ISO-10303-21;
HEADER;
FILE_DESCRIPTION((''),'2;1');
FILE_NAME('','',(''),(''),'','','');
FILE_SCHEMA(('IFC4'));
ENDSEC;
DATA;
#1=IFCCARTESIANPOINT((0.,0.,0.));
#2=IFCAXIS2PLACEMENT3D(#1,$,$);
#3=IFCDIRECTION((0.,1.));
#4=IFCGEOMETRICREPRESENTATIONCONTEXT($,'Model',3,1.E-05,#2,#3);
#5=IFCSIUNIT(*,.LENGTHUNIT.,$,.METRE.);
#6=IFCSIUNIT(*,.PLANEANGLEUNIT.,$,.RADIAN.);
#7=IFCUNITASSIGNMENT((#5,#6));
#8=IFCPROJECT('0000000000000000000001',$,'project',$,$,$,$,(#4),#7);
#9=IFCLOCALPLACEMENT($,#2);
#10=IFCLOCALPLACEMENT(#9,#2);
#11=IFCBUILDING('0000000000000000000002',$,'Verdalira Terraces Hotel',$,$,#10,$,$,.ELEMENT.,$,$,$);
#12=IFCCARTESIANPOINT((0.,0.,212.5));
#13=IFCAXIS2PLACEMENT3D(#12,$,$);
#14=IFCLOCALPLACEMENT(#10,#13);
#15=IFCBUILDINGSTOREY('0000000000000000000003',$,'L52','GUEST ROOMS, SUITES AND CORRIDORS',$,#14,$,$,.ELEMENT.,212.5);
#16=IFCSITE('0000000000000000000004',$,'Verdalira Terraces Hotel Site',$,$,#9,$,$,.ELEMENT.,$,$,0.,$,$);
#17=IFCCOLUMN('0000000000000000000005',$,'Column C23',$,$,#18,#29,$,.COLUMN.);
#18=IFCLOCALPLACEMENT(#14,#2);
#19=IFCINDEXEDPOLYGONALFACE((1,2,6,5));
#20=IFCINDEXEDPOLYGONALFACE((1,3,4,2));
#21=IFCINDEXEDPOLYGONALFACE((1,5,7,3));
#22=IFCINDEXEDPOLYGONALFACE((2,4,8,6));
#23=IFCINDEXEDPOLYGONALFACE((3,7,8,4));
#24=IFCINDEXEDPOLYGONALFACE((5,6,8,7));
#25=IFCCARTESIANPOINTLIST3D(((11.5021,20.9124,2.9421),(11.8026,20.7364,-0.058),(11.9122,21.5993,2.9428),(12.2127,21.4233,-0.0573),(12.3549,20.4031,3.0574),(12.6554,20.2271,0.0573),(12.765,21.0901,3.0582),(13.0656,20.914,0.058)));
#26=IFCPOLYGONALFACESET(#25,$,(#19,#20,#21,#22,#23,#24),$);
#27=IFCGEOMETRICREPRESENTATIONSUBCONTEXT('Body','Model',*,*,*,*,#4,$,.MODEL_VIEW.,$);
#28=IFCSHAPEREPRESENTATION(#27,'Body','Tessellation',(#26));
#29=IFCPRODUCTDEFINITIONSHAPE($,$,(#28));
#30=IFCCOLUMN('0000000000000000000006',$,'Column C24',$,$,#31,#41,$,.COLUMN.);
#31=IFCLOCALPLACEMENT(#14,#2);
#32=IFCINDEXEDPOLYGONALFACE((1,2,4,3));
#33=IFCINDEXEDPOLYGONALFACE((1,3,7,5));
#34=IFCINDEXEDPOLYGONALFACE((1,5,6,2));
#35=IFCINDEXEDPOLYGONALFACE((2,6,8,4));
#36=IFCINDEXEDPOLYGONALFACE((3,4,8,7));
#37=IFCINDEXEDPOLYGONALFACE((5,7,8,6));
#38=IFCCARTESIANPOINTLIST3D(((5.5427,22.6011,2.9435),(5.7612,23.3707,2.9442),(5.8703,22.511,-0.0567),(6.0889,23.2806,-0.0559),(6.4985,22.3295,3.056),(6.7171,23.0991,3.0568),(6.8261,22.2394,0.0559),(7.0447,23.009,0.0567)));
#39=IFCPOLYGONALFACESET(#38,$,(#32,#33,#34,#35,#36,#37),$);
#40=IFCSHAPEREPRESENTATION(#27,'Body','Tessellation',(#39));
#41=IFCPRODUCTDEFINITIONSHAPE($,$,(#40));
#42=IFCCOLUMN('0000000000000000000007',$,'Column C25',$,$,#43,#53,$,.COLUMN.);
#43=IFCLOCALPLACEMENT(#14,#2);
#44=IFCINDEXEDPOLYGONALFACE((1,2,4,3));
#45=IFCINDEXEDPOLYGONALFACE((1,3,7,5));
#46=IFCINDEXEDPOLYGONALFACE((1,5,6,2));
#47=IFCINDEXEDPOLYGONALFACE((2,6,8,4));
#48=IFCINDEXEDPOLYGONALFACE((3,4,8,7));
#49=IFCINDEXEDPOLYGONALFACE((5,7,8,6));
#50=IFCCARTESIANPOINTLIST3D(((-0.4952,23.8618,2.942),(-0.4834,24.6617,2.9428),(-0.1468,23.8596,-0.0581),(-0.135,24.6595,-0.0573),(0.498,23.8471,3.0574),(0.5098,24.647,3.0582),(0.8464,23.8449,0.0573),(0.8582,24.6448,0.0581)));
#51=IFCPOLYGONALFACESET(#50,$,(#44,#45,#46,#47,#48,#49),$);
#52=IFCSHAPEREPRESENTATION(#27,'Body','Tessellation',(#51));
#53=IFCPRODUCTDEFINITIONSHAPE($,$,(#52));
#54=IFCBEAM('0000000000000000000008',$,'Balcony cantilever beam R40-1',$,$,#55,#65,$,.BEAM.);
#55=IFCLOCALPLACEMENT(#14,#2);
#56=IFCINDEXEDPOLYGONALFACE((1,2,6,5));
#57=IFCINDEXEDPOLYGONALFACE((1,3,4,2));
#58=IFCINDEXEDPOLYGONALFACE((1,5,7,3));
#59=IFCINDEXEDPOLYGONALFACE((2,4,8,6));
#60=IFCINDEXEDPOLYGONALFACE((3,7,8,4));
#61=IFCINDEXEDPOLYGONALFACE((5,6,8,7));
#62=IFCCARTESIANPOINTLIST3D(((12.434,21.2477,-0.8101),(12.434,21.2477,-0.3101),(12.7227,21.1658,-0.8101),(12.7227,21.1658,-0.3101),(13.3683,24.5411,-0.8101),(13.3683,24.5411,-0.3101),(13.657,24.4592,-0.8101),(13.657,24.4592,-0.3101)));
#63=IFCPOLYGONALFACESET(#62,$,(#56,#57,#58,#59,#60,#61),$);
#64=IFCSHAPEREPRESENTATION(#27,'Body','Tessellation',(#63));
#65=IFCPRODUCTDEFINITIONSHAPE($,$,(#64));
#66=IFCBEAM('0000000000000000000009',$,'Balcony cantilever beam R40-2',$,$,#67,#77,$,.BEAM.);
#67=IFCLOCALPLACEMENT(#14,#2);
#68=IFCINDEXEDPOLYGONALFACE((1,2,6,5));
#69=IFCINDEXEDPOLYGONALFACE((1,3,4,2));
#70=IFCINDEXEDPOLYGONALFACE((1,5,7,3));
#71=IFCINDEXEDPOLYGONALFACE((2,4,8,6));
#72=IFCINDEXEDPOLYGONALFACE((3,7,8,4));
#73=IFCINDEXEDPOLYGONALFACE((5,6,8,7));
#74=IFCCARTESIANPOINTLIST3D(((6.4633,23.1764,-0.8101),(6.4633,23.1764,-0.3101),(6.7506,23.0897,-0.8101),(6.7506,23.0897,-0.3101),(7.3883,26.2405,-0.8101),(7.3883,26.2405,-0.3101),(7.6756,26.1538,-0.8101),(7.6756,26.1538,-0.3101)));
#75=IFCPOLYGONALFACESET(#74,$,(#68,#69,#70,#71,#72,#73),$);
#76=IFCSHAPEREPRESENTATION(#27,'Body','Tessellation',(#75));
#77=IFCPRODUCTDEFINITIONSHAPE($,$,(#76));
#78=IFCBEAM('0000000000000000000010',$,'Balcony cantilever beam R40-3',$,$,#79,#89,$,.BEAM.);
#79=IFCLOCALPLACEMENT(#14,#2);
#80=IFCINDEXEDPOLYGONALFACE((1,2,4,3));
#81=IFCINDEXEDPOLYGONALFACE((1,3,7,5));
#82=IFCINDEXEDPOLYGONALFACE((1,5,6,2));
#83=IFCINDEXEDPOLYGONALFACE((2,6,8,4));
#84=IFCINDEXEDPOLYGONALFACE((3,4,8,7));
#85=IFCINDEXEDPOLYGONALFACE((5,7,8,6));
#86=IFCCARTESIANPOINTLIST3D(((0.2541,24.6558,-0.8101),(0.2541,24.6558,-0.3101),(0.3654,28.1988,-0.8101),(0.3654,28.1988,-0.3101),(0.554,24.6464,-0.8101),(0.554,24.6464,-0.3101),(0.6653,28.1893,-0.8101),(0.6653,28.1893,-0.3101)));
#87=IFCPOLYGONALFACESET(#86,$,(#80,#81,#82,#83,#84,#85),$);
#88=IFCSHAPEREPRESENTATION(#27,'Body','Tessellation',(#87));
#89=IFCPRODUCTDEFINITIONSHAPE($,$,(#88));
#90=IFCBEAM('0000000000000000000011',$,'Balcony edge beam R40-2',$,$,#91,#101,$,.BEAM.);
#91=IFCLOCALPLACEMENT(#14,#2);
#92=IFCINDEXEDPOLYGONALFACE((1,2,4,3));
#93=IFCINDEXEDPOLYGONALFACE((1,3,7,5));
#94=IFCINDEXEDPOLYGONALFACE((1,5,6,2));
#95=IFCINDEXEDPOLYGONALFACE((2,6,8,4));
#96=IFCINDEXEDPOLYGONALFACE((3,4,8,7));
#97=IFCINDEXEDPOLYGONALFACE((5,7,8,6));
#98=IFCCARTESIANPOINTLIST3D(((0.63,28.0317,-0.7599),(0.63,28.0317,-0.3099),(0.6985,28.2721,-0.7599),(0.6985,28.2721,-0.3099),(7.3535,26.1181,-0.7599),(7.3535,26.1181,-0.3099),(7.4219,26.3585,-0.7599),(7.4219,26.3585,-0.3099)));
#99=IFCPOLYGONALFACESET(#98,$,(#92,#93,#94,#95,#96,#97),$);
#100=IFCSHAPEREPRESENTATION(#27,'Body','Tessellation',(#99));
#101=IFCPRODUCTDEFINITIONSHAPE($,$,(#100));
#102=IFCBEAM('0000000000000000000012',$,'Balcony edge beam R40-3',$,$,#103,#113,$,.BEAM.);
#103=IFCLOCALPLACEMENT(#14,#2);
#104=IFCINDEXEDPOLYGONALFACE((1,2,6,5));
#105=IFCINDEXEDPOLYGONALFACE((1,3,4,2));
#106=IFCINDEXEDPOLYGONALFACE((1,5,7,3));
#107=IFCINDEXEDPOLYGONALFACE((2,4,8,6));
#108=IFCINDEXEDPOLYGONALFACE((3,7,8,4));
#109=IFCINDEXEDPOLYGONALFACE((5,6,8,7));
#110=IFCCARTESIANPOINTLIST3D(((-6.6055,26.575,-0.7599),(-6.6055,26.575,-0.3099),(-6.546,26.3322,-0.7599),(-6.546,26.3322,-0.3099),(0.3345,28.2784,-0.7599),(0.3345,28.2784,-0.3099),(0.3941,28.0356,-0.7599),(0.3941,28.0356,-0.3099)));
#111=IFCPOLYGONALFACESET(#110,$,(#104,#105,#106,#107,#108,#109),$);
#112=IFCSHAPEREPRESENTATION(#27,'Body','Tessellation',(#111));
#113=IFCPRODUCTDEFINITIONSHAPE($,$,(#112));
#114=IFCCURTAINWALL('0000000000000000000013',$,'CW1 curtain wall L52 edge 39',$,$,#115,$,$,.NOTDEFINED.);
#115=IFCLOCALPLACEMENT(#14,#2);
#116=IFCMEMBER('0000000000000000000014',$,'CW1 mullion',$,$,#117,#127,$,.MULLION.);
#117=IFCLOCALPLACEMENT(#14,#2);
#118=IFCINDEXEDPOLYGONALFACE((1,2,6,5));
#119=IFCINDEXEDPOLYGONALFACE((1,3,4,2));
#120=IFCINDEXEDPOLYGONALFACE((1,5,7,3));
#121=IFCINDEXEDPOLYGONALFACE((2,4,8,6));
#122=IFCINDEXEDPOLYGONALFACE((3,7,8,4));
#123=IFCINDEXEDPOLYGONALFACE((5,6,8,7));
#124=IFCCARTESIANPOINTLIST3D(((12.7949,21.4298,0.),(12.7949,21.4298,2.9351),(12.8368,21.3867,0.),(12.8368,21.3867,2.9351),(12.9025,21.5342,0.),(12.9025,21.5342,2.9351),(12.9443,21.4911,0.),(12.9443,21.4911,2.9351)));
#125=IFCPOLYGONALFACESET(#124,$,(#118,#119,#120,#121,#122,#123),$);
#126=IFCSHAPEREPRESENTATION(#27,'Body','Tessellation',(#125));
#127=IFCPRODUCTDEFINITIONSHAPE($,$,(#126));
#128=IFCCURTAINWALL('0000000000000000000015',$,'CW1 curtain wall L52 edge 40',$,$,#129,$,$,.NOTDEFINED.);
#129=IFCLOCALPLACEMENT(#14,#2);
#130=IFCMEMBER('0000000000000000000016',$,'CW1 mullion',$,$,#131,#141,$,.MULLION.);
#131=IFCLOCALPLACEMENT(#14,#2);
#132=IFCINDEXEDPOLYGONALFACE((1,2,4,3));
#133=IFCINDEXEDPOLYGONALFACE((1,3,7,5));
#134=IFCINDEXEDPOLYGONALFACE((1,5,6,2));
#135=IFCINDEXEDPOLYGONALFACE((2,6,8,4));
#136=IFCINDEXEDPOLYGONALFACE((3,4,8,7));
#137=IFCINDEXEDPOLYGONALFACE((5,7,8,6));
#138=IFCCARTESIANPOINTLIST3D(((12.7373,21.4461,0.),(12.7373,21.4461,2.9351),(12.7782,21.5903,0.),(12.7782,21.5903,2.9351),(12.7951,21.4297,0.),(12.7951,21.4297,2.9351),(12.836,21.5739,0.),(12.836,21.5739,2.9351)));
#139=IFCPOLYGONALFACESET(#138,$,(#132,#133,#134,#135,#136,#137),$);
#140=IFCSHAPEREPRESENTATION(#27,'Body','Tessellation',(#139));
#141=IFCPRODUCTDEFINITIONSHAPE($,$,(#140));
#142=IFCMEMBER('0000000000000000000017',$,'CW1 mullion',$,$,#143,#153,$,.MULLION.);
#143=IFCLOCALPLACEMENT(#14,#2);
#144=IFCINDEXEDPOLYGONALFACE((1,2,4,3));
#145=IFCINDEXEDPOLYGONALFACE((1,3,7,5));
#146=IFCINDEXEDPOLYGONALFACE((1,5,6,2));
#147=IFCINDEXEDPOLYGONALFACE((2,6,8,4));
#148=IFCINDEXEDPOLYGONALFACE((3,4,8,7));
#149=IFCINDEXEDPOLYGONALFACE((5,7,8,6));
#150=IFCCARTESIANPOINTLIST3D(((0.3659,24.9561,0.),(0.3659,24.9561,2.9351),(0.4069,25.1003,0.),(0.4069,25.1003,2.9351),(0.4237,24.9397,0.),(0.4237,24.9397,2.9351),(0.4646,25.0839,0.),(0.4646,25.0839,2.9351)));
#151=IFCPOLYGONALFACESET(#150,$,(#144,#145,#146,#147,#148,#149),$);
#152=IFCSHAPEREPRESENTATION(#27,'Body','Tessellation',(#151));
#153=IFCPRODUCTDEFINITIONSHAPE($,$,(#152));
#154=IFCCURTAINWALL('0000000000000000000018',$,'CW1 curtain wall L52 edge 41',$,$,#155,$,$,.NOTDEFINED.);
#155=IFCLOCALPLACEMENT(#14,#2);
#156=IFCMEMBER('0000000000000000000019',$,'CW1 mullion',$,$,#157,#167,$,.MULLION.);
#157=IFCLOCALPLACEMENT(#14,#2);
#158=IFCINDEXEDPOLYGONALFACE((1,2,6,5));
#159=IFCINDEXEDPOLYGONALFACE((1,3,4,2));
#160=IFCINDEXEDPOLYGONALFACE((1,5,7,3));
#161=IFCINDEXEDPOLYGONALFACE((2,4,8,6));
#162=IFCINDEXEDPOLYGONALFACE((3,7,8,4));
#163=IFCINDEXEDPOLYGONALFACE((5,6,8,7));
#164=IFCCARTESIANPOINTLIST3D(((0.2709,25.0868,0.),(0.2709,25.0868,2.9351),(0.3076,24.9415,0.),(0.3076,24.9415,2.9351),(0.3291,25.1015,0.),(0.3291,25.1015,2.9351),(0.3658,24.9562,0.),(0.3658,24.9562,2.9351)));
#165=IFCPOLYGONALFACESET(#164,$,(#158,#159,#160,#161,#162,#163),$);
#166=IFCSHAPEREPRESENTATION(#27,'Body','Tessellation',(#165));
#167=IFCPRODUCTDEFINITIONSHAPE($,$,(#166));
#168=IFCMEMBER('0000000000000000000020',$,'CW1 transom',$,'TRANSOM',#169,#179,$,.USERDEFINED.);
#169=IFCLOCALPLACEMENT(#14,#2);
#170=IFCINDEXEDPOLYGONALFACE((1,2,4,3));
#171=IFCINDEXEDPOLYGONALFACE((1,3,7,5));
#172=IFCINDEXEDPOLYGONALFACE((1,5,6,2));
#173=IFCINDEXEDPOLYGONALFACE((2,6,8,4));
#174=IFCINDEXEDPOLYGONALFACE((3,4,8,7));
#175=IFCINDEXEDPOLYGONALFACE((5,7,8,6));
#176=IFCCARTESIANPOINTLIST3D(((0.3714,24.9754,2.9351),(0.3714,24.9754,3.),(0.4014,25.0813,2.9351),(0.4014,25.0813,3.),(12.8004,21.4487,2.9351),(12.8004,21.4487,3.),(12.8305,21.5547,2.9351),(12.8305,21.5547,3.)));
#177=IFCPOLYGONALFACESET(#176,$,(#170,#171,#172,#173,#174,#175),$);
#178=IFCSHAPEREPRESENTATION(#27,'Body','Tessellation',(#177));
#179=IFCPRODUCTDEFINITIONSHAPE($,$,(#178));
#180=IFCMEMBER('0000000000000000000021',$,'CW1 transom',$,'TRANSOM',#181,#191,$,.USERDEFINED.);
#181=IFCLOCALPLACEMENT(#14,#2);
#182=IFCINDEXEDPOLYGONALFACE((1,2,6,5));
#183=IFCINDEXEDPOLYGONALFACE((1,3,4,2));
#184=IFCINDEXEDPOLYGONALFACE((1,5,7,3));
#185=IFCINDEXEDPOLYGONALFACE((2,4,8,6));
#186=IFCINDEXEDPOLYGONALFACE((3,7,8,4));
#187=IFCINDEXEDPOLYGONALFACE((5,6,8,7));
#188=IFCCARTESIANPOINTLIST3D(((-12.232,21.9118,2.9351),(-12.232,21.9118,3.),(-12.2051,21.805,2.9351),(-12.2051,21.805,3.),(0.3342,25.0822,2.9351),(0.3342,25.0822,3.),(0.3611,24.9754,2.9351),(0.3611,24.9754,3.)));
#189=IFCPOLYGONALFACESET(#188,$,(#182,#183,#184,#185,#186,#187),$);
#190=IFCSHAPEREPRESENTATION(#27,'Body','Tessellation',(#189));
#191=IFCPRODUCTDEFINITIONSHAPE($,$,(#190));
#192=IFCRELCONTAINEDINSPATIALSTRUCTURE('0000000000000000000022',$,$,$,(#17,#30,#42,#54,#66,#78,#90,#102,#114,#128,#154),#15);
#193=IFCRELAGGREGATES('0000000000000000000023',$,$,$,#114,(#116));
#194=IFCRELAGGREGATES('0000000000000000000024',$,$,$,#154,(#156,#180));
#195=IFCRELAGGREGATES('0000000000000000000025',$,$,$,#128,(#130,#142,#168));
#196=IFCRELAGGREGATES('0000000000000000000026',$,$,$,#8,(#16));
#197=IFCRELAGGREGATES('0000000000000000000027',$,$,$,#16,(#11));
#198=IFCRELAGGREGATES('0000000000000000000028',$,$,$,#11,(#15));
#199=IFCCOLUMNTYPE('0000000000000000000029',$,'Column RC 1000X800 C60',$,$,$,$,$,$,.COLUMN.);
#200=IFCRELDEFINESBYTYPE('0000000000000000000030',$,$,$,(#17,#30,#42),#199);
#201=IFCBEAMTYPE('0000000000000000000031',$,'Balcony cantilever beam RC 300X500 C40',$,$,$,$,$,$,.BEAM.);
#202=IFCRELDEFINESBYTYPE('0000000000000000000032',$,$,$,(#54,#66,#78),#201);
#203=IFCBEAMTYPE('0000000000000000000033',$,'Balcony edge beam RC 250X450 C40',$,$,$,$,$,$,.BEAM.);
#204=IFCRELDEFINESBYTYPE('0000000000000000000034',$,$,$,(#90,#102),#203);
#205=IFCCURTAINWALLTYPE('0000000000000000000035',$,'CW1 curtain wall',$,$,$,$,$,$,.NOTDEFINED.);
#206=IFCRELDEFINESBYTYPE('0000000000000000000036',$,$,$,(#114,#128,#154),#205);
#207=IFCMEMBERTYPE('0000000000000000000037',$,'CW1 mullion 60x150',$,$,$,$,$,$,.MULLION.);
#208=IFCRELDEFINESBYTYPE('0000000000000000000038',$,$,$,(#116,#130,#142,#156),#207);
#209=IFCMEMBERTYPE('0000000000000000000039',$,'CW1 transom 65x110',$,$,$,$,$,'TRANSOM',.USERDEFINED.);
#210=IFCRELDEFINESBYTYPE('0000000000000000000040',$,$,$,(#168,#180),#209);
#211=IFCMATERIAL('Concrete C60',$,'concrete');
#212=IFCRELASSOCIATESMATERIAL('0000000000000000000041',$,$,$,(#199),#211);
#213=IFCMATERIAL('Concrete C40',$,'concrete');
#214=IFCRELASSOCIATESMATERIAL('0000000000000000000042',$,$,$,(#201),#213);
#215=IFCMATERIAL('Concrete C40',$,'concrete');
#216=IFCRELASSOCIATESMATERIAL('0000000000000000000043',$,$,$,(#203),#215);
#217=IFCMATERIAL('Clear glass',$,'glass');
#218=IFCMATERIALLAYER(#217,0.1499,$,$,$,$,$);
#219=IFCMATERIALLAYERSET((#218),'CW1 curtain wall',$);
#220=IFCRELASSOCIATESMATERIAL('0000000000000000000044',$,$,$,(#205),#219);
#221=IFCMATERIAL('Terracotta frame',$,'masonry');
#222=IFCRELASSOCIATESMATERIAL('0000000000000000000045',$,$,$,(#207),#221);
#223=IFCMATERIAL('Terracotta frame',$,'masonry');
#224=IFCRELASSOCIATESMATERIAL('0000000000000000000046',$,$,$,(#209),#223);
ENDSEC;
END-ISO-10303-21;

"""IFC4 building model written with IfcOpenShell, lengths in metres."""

from ifc_helpers import new_model, si_unit, direction, frame, origin, origin_2d, place, context, subcontext, project, spatial, rectangle, extrude, material, layer, layer_set, material_profile, profile_set, type_object, element, aggregate, save


model = new_model("IFC4")

# Units and contexts
model_context = context("Model", 3, precision=1e-05, world=origin(), true_north=direction((0.0, 1.0)))
body_context = subcontext(model_context, "Body", "Model", "MODEL_VIEW")
ifc_project = project(units=[si_unit("LENGTHUNIT", "METRE"), si_unit("PLANEANGLEUNIT", "RADIAN")], contexts=[model_context])

# Site, building, storey
site_placement = place(None, origin())
site = spatial("IfcSite", under=ifc_project, at=site_placement, Name="Verdalira Terraces Hotel Site", CompositionType="ELEMENT", RefElevation=0.0)
building_placement = place(site_placement, origin())
building = spatial("IfcBuilding", under=site, at=building_placement, Name="Verdalira Terraces Hotel", CompositionType="ELEMENT")
storey_placement = place(building_placement, frame((0.0, 0.0, 212.5)))
storey = spatial("IfcBuildingStorey", under=building, at=storey_placement, Name="L52", Description="GUEST ROOMS, SUITES AND CORRIDORS", CompositionType="ELEMENT", Elevation=212.5)

# Columns
ifc_material_1 = material(Name="Concrete C60", Category="concrete")
ifc_material_profile_1 = material_profile(ifc_material_1, rectangle(XDim=1.0, YDim=0.8, at=origin_2d()), Name="RC 1000X800")
ifc_profile_set_1 = profile_set([ifc_material_profile_1], Name="Concrete C60")
column_type = type_object("IfcColumnType", Name="Column RC 1000X800 C60", PredefinedType="COLUMN", material=ifc_profile_set_1)
column_1_placement = place(storey_placement, frame((12.4341, 20.8252, 0.0), z_axis=(-0.099511, 0.058284, 0.993328), x_axis=(0.852838, -0.509283, 0.115319)))
element("IfcColumn", 1, at=column_1_placement, inside=storey, type_object=column_type, Name="Column C23", PredefinedType="COLUMN", context=body_context, shape_type="SweptSolid", body=[
    extrude(rectangle(XDim=1.0, YDim=0.8, at=origin_2d()), origin(), (0.0, 0.0, 1.0), 3.0203),
])
column_2_placement = place(storey_placement, frame((6.4575, 22.76, 0.0), z_axis=(-0.108518, 0.029839, 0.993647), x_axis=(-0.955819, 0.271559, -0.112542)))
element("IfcColumn", 2, at=column_2_placement, inside=storey, type_object=column_type, Name="Column C24", PredefinedType="COLUMN", context=body_context, shape_type="SweptSolid", body=[
    extrude(rectangle(XDim=1.0, YDim=0.8, at=origin_2d()), origin(), (0.0, 0.0, 1.0), 3.0193),
])
column_3_placement = place(storey_placement, frame((0.3557, 24.2522, 0.0), z_axis=(-0.115354, 0.000728, 0.993324), x_axis=(0.993216, -0.014698, 0.115352)))
element("IfcColumn", 3, at=column_3_placement, inside=storey, type_object=column_type, Name="Column C25", PredefinedType="COLUMN", context=body_context, shape_type="SweptSolid", body=[
    extrude(rectangle(XDim=1.0, YDim=0.8, at=origin_2d()), origin(), (0.0, 0.0, 1.0), 3.0203),
])

# Beams
ifc_material_2 = material(Name="Concrete C40", Category="concrete")
ifc_material_profile_2 = material_profile(ifc_material_2, rectangle(XDim=0.3, YDim=0.5, at=origin_2d()), Name="RC 300X500")
ifc_profile_set_2 = profile_set([ifc_material_profile_2], Name="Concrete C40")
beam_type_1 = type_object("IfcBeamType", Name="Balcony cantilever beam RC 300X500 C40", PredefinedType="BEAM", material=ifc_profile_set_2)
beam_1_placement = place(storey_placement, frame((12.5784, 21.2068, -0.5601), z_axis=(0.272922, 0.962036, 0.0), x_axis=(-0.962036, 0.272922, 0.0)))
element("IfcBeam", 4, at=beam_1_placement, inside=storey, type_object=beam_type_1, Name="Balcony cantilever beam R40-1", PredefinedType="BEAM", context=body_context, shape_type="SweptSolid", body=[
    extrude(rectangle(XDim=0.3, YDim=0.5, at=origin_2d()), origin(), (0.0, 0.0, 1.0), 3.4233),
])
beam_2_placement = place(storey_placement, frame((6.6069, 23.1331, -0.5601), z_axis=(0.289006, 0.957327, 0.0), x_axis=(-0.957327, 0.289006, 0.0)))
element("IfcBeam", 5, at=beam_2_placement, inside=storey, type_object=beam_type_1, Name="Balcony cantilever beam R40-2", PredefinedType="BEAM", context=body_context, shape_type="SweptSolid", body=[
    extrude(rectangle(XDim=0.3, YDim=0.5, at=origin_2d()), origin(), (0.0, 0.0, 1.0), 3.2007),
])
beam_3_placement = place(storey_placement, frame((0.4041, 24.6511, -0.5601), z_axis=(0.031407, 0.999507, 0.0), x_axis=(-0.999507, 0.031407, 0.0)))
element("IfcBeam", 6, at=beam_3_placement, inside=storey, type_object=beam_type_1, Name="Balcony cantilever beam R40-3", PredefinedType="BEAM", context=body_context, shape_type="SweptSolid", body=[
    extrude(rectangle(XDim=0.3, YDim=0.5, at=origin_2d()), origin(), (0.0, 0.0, 1.0), 3.5447),
])
ifc_material_3 = material(Name="Concrete C40", Category="concrete")
ifc_material_profile_3 = material_profile(ifc_material_3, rectangle(XDim=0.25, YDim=0.45, at=origin_2d()), Name="RC 250X450")
ifc_profile_set_3 = profile_set([ifc_material_profile_3], Name="Concrete C40")
beam_type_2 = type_object("IfcBeamType", Name="Balcony edge beam RC 250X450 C40", PredefinedType="BEAM", material=ifc_profile_set_3)
beam_4_placement = place(storey_placement, frame((7.3877, 26.2383, -0.5349), z_axis=(-0.961803, 0.273743, 0.0), x_axis=(-0.273743, -0.961803, 0.0)))
element("IfcBeam", 7, at=beam_4_placement, inside=storey, type_object=beam_type_2, Name="Balcony edge beam R40-2", PredefinedType="BEAM", context=body_context, shape_type="SweptSolid", body=[
    extrude(rectangle(XDim=0.25, YDim=0.45, at=origin_2d()), origin(), (0.0, 0.0, 1.0), 6.9905),
])
beam_5_placement = place(storey_placement, frame((0.3643, 28.157, -0.5349), z_axis=(-0.971175, -0.238369, 0.0), x_axis=(0.238369, -0.971175, 0.0)))
element("IfcBeam", 8, at=beam_5_placement, inside=storey, type_object=beam_type_2, Name="Balcony edge beam R40-3", PredefinedType="BEAM", context=body_context, shape_type="SweptSolid", body=[
    extrude(rectangle(XDim=0.25, YDim=0.45, at=origin_2d()), origin(), (0.0, 0.0, 1.0), 7.146),
])

# Curtain wall, member
ifc_material_4 = material(Name="Clear glass", Category="glass")
ifc_layer_1 = layer(ifc_material_4, 0.1499)
ifc_layer_set_1 = layer_set([ifc_layer_1], Name="CW1 curtain wall")
curtain_wall_type = type_object("IfcCurtainWallType", Name="CW1 curtain wall", PredefinedType="NOTDEFINED", material=ifc_layer_set_1)
curtain_wall_1_placement = place(storey_placement, origin())
curtain_wall_1 = element("IfcCurtainWall", 9, at=curtain_wall_1_placement, inside=storey, type_object=curtain_wall_type, Name="CW1 curtain wall L52 edge 39", PredefinedType="NOTDEFINED")
ifc_material_5 = material(Name="Terracotta frame", Category="masonry")
ifc_material_profile_4 = material_profile(ifc_material_5, rectangle(XDim=0.0601, YDim=0.1499, at=origin_2d()), Name="MU 60x150")
ifc_profile_set_4 = profile_set([ifc_material_profile_4], Name="Terracotta frame")
member_type_1 = type_object("IfcMemberType", Name="CW1 mullion 60x150", PredefinedType="MULLION", material=ifc_profile_set_4)
member_1_placement = place(storey_placement, frame((12.8696, 21.4604, 0.0), z_axis=(0.0, 0.0, 1.0), x_axis=(-0.696664, 0.717397, 0.0)))
member_1 = element("IfcMember", 10, at=member_1_placement, type_object=member_type_1, Name="CW1 mullion", PredefinedType="MULLION", context=body_context, shape_type="SweptSolid", body=[
    extrude(rectangle(XDim=0.0601, YDim=0.1499, at=origin_2d()), origin(), (0.0, 0.0, 1.0), 2.9351),
])
aggregate(curtain_wall_1, [member_1])

# Curtain wall, members
curtain_wall_2_placement = place(storey_placement, origin())
curtain_wall_2 = element("IfcCurtainWall", 11, at=curtain_wall_2_placement, inside=storey, type_object=curtain_wall_type, Name="CW1 curtain wall L52 edge 40", PredefinedType="NOTDEFINED")
member_2_placement = place(storey_placement, frame((12.7866, 21.51, 0.0), z_axis=(0.0, 0.0, 1.0), x_axis=(-0.962028, 0.272952, 0.0)))
member_2 = element("IfcMember", 12, at=member_2_placement, type_object=member_type_1, Name="CW1 mullion", PredefinedType="MULLION", context=body_context, shape_type="SweptSolid", body=[
    extrude(rectangle(XDim=0.0601, YDim=0.1499, at=origin_2d()), origin(), (0.0, 0.0, 1.0), 2.9351),
])
member_3_placement = place(storey_placement, frame((0.4153, 25.02, 0.0), z_axis=(0.0, 0.0, 1.0), x_axis=(-0.962028, 0.272952, 0.0)))
member_3 = element("IfcMember", 13, at=member_3_placement, type_object=member_type_1, Name="CW1 mullion", PredefinedType="MULLION", context=body_context, shape_type="SweptSolid", body=[
    extrude(rectangle(XDim=0.0601, YDim=0.1499, at=origin_2d()), origin(), (0.0, 0.0, 1.0), 2.9351),
])

# Curtain wall, member
curtain_wall_3_placement = place(storey_placement, origin())
curtain_wall_3 = element("IfcCurtainWall", 14, at=curtain_wall_3_placement, inside=storey, type_object=curtain_wall_type, Name="CW1 curtain wall L52 edge 41", PredefinedType="NOTDEFINED")
member_4_placement = place(storey_placement, frame((0.3184, 25.0215, 0.0), z_axis=(0.0, 0.0, 1.0), x_axis=(-0.969616, -0.244631, 0.0)))
member_4 = element("IfcMember", 15, at=member_4_placement, type_object=member_type_1, Name="CW1 mullion", PredefinedType="MULLION", context=body_context, shape_type="SweptSolid", body=[
    extrude(rectangle(XDim=0.0601, YDim=0.1499, at=origin_2d()), origin(), (0.0, 0.0, 1.0), 2.9351),
])

# Members
ifc_material_6 = material(Name="Terracotta frame", Category="masonry")
ifc_material_profile_5 = material_profile(ifc_material_6, rectangle(XDim=0.1101, YDim=0.0649, at=origin_2d()), Name="TR 65x110")
ifc_profile_set_5 = profile_set([ifc_material_profile_5], Name="Terracotta frame")
member_type_2 = type_object("IfcMemberType", Name="CW1 transom 65x110", ElementType="TRANSOM", PredefinedType="USERDEFINED", material=ifc_profile_set_5)
member_5_placement = place(storey_placement, frame((12.8154, 21.5017, 2.9675), z_axis=(-0.962024, 0.272966, 0.0), x_axis=(-0.272966, -0.962024, 0.0)))
member_5 = element("IfcMember", 16, at=member_5_placement, type_object=member_type_2, Name="CW1 transom", ObjectType="TRANSOM", PredefinedType="USERDEFINED", context=body_context, shape_type="SweptSolid", body=[
    extrude(rectangle(XDim=0.1101, YDim=0.0649, at=origin_2d()), origin(), (0.0, 0.0, 1.0), 12.9197),
])
member_6_placement = place(storey_placement, frame((0.3477, 25.0288, 2.9675), z_axis=(-0.969616, -0.244632, 0.0), x_axis=(0.244632, -0.969616, 0.0)))
member_6 = element("IfcMember", 17, at=member_6_placement, type_object=member_type_2, Name="CW1 transom", ObjectType="TRANSOM", PredefinedType="USERDEFINED", context=body_context, shape_type="SweptSolid", body=[
    extrude(rectangle(XDim=0.1101, YDim=0.0649, at=origin_2d()), origin(), (0.0, 0.0, 1.0), 12.96),
])
aggregate(curtain_wall_3, [member_4, member_6])

aggregate(curtain_wall_2, [member_2, member_3, member_5])

save(model, "model.ifc")
